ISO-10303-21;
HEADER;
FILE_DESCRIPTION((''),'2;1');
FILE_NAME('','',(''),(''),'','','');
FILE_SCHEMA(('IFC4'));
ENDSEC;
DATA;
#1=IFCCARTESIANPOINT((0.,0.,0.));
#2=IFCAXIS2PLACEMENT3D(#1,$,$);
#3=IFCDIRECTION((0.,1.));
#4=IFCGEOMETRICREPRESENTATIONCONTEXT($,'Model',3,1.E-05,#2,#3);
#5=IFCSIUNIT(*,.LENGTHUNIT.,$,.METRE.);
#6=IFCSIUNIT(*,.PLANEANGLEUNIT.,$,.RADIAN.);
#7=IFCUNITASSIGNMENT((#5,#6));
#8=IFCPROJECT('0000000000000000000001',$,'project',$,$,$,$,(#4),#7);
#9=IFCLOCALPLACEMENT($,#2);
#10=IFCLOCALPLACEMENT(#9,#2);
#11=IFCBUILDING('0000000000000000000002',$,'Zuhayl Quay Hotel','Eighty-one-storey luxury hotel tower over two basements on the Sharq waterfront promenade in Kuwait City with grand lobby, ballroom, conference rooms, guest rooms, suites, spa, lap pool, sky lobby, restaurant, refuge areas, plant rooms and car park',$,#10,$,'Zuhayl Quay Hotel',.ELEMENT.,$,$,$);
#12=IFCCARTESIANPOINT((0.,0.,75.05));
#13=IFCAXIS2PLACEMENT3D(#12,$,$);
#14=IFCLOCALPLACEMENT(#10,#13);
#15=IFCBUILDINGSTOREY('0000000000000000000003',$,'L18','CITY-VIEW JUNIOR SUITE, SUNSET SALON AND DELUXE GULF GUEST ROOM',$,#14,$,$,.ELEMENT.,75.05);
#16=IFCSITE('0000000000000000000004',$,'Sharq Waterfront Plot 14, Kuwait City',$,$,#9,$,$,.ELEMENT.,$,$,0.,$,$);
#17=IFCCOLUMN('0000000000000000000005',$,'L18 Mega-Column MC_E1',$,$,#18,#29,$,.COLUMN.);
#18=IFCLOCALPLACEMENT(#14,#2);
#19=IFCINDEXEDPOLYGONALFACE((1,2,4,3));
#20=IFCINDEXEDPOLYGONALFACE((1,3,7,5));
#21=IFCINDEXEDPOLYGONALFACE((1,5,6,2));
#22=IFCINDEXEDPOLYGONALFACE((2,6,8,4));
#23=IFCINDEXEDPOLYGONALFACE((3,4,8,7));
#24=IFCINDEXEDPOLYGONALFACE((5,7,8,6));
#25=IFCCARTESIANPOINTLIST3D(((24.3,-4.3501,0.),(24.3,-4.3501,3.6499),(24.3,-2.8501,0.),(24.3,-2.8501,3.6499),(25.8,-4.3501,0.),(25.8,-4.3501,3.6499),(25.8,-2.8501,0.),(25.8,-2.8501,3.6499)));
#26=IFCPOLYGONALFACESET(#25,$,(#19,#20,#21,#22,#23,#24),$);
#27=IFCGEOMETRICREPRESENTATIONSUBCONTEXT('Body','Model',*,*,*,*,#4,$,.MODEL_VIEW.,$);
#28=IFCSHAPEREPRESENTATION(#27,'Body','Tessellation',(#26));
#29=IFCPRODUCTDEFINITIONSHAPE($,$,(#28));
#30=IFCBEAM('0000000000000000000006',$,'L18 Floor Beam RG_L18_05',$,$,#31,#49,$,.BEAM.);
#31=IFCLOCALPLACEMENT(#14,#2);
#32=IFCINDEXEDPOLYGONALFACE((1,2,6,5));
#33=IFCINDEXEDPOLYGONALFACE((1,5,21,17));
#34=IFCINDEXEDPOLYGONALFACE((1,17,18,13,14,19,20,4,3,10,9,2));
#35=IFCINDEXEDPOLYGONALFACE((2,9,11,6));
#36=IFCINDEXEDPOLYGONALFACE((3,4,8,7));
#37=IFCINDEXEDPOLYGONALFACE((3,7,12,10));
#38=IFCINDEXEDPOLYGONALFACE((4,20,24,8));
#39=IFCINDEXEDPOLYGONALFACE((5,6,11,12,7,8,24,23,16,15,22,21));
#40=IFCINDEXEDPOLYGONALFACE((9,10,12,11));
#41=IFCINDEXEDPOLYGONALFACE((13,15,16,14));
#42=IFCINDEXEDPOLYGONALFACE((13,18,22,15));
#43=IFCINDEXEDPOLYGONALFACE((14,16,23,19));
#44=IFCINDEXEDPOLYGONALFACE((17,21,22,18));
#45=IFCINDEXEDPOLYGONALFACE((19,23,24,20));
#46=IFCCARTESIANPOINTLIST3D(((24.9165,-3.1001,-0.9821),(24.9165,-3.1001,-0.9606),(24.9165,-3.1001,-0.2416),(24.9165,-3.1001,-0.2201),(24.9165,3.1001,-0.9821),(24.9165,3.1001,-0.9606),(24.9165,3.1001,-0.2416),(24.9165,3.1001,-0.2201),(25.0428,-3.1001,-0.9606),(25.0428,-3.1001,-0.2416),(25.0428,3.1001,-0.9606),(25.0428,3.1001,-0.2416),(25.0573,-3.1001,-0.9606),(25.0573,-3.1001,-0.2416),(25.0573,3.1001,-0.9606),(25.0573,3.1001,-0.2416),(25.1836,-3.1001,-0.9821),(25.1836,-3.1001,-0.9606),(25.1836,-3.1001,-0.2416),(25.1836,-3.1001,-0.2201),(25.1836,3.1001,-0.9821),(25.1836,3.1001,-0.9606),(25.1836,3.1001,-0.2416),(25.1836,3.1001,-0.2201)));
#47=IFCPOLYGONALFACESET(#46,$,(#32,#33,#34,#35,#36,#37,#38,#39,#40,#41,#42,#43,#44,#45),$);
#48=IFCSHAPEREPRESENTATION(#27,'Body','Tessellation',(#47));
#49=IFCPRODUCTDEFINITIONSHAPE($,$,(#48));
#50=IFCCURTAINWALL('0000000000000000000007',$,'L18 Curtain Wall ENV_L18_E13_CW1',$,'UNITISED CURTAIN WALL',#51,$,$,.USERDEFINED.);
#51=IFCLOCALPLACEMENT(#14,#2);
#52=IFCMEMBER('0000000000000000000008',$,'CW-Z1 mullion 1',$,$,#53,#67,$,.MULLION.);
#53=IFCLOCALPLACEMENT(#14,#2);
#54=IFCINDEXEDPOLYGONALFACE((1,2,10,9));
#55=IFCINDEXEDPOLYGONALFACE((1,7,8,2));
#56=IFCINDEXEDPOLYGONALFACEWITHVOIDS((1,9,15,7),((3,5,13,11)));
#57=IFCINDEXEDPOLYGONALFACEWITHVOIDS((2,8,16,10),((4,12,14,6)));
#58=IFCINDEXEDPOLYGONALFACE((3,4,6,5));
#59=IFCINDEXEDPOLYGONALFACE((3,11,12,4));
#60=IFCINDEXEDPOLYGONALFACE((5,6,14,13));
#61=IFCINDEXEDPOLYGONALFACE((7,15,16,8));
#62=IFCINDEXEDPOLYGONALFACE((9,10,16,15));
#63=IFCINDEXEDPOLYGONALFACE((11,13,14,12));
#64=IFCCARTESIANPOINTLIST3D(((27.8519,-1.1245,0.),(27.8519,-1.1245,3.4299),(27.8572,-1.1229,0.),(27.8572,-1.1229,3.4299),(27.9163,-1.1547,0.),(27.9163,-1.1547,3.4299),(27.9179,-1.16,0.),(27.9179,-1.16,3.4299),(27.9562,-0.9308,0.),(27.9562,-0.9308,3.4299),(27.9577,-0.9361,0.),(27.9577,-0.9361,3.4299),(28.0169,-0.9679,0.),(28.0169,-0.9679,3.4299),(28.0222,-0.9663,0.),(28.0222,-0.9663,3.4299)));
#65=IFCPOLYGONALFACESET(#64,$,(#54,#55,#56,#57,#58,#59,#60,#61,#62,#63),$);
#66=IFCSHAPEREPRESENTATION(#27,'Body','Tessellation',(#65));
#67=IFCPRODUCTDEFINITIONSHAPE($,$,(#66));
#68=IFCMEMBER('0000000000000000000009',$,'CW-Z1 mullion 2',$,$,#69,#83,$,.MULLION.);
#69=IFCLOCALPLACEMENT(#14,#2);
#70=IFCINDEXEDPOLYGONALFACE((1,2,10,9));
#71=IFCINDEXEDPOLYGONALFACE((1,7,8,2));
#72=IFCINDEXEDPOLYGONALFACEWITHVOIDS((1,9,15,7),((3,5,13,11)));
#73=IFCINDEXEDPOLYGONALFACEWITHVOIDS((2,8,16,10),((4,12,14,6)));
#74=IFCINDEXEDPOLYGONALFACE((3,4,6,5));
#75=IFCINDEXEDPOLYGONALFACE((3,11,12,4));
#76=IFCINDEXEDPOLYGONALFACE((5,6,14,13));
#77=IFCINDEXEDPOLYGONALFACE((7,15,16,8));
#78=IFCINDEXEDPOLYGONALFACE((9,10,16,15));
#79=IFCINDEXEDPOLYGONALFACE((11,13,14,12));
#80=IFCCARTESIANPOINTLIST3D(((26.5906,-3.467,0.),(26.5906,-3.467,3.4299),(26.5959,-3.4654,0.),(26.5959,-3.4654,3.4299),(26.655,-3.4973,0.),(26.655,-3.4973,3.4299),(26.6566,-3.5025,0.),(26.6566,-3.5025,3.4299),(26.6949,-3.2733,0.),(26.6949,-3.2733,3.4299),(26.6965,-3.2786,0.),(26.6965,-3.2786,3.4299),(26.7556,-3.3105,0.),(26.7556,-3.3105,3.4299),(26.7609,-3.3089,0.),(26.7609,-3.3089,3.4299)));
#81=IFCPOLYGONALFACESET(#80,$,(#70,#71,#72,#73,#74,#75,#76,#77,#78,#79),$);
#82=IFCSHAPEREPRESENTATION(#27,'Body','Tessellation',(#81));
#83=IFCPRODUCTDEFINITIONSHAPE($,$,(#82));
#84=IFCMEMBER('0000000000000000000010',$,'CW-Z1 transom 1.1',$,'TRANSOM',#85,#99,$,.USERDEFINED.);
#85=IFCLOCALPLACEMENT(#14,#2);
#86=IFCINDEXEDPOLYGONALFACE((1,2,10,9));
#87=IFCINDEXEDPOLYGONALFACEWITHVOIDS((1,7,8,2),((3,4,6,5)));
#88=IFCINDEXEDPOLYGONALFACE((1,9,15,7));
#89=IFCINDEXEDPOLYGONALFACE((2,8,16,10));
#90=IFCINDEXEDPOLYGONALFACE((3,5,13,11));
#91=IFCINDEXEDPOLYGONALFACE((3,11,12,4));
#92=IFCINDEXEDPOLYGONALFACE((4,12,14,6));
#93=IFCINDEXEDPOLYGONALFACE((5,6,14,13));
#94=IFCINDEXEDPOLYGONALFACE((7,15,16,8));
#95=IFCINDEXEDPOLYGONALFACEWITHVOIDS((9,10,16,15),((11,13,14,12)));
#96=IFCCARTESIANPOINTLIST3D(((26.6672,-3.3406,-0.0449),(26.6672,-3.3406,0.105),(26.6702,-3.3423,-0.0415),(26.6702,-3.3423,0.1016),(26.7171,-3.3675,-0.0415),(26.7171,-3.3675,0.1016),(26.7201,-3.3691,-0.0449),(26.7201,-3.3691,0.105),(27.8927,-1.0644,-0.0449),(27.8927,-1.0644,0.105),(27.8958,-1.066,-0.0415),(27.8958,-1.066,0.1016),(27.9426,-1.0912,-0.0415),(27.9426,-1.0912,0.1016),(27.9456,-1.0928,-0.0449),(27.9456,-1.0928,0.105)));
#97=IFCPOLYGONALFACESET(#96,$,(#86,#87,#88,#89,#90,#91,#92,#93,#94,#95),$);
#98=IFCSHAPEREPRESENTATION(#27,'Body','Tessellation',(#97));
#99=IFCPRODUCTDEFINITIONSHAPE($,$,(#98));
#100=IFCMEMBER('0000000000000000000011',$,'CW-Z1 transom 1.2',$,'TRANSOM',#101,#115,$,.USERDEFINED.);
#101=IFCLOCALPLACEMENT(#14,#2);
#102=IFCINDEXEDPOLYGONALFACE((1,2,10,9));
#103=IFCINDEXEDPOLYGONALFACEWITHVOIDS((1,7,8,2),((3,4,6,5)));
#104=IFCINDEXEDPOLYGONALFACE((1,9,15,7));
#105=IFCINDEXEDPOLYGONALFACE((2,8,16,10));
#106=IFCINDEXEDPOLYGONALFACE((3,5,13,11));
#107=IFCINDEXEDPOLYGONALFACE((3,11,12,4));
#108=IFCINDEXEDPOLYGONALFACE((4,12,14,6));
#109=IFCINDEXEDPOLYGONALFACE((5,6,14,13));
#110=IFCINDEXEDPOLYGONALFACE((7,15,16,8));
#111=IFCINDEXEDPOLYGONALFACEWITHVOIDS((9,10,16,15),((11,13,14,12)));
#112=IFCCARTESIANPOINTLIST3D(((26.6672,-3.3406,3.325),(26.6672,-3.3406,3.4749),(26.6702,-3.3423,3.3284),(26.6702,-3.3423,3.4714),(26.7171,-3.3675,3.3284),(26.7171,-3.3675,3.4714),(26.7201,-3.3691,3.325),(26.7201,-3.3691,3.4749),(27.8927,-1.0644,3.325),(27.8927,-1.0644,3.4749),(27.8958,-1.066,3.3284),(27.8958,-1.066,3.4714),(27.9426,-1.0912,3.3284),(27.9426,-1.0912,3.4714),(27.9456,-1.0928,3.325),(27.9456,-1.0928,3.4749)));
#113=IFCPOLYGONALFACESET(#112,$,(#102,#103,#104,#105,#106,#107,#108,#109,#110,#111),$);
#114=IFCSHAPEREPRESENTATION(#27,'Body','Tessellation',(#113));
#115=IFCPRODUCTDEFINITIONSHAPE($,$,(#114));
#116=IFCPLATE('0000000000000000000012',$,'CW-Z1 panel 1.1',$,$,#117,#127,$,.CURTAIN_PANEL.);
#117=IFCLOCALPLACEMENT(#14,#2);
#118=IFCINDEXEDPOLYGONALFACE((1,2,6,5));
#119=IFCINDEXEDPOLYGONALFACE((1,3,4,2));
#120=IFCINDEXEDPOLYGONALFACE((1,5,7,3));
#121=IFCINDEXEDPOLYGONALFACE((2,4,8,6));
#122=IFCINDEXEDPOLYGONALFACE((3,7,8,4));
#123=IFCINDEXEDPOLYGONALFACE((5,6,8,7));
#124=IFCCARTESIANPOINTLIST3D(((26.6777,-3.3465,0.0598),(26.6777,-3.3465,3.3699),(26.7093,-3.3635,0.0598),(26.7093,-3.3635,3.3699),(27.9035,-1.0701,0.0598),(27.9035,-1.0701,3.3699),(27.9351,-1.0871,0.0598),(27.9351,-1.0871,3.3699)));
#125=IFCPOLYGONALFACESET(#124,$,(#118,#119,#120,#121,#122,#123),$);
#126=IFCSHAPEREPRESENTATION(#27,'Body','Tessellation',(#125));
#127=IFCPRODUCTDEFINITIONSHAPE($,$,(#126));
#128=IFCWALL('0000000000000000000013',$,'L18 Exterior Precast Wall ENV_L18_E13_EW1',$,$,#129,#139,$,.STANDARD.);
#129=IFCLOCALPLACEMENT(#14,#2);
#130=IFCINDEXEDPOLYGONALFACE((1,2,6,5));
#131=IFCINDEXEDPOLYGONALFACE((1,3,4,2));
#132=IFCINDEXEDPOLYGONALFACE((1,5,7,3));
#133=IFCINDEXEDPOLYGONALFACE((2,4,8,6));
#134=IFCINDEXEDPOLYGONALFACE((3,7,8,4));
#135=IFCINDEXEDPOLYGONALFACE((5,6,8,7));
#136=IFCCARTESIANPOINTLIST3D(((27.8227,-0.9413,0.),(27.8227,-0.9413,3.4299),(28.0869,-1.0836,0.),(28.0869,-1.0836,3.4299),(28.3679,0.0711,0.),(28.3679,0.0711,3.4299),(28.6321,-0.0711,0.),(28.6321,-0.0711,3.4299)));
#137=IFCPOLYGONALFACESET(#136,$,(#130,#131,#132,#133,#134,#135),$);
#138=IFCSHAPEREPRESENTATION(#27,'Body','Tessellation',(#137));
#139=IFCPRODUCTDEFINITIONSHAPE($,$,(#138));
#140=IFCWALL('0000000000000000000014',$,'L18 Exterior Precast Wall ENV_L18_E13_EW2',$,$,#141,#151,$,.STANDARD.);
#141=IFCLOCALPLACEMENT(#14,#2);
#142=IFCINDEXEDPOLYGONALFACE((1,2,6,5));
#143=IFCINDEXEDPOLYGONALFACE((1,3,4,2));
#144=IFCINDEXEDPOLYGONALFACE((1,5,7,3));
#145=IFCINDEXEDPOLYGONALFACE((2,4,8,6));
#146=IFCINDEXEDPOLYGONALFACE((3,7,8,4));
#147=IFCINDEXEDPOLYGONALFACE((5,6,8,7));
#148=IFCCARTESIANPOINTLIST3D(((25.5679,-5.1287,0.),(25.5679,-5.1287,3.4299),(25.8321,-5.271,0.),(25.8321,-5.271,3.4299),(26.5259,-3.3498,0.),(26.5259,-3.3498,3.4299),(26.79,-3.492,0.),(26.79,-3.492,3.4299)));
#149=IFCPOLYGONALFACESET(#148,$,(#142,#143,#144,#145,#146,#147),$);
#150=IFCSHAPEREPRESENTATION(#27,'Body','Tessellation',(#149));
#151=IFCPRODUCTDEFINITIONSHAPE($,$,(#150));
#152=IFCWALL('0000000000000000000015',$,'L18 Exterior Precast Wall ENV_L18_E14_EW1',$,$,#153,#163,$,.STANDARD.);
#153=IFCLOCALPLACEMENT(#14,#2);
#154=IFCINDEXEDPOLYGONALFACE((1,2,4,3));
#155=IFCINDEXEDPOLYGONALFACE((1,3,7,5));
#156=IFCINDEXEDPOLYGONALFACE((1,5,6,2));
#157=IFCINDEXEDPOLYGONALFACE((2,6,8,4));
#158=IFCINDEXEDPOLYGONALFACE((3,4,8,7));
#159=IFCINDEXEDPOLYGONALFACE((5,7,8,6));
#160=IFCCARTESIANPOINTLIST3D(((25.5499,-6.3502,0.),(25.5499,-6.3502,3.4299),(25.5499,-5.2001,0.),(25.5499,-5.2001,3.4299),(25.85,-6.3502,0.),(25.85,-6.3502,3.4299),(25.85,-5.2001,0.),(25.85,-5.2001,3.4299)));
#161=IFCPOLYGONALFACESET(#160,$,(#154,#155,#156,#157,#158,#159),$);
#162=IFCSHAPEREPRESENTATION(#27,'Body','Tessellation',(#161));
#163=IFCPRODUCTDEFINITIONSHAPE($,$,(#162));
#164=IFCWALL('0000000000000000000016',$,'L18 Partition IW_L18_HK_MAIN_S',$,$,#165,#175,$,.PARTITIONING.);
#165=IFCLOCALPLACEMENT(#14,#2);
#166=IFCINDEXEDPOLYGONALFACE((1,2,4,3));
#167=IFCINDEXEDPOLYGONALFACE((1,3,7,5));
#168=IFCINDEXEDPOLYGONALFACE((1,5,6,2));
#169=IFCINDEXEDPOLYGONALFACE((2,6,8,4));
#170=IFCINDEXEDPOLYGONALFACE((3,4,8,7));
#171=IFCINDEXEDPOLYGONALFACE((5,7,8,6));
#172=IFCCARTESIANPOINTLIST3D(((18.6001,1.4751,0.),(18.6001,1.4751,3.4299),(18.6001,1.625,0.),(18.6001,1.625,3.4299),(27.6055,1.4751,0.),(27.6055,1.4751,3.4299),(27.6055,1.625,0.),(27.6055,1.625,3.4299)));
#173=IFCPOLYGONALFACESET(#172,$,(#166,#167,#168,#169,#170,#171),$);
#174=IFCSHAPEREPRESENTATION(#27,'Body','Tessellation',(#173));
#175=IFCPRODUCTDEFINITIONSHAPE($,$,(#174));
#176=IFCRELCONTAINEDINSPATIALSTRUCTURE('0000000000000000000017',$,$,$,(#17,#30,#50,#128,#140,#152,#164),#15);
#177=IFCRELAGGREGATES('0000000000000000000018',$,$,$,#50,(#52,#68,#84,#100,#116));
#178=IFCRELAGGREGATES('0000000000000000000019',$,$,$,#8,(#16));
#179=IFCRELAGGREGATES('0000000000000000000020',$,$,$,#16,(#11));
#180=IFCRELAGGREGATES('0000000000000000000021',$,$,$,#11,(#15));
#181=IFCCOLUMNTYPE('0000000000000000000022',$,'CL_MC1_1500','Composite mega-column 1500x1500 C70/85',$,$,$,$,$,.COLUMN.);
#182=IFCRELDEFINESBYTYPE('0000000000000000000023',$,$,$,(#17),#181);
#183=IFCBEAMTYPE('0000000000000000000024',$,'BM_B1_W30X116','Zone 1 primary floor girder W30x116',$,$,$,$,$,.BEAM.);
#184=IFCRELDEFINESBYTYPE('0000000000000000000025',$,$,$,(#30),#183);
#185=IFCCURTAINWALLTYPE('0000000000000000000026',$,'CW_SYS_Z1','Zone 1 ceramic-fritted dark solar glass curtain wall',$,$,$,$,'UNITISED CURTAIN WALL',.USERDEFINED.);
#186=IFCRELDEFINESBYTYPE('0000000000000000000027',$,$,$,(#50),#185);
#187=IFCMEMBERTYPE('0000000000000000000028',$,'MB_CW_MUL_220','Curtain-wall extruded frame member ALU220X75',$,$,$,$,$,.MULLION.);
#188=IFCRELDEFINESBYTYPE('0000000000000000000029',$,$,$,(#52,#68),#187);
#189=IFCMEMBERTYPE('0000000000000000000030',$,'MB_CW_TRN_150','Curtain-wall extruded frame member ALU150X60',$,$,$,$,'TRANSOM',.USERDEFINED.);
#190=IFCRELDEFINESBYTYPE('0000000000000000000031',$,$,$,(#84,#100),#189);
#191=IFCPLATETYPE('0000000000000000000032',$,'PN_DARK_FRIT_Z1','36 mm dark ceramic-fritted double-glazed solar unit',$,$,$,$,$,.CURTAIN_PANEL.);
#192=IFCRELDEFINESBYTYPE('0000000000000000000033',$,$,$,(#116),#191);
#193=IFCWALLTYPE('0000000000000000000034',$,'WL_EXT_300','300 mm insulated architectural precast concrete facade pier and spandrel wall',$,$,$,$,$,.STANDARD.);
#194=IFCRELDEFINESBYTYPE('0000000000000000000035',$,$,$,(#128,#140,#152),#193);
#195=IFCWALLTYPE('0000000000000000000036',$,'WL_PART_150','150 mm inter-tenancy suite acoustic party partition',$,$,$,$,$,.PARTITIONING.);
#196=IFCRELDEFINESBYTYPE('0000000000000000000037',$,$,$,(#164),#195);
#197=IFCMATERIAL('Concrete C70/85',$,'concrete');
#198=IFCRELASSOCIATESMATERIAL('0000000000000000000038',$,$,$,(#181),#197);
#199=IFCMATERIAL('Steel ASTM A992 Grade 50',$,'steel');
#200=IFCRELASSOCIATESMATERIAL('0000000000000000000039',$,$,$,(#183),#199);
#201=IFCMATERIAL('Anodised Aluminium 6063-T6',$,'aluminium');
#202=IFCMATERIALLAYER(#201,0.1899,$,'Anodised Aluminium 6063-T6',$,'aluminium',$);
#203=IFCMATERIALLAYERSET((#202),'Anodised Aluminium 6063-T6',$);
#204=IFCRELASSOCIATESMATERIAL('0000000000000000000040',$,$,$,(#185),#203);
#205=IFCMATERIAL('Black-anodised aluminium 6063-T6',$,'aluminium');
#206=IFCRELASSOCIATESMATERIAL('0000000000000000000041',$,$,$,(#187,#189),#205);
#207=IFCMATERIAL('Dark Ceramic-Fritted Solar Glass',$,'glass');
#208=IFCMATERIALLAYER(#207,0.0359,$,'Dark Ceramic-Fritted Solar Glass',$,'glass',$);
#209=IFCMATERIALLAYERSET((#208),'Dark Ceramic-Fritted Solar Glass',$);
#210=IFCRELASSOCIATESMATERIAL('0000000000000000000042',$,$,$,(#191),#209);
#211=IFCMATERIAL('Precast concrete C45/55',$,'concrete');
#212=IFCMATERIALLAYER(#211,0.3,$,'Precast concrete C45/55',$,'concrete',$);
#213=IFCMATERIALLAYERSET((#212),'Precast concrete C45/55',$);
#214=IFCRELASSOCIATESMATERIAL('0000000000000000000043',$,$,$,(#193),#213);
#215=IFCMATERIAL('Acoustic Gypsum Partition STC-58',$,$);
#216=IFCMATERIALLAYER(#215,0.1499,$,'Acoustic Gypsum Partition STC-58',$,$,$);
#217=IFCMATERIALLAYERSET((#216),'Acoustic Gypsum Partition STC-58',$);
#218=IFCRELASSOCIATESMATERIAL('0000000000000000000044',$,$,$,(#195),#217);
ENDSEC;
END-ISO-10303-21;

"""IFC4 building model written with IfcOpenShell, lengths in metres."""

from ifc_helpers import new_model, si_unit, direction, frame, frame_2d, origin, origin_2d, place, context, subcontext, project, spatial, rectangle, hollow_rectangle, i_section, extrude, material, layer, layer_set, material_profile, profile_set, type_object, element, aggregate, save


model = new_model("IFC4")

# Units and contexts
model_context = context("Model", 3, precision=1e-05, world=origin(), true_north=direction((0.0, 1.0)))
body_context = subcontext(model_context, "Body", "Model", "MODEL_VIEW")
ifc_project = project(units=[si_unit("LENGTHUNIT", "METRE"), si_unit("PLANEANGLEUNIT", "RADIAN")], contexts=[model_context])

# Site, building, storey
site_placement = place(None, origin())
site = spatial("IfcSite", under=ifc_project, at=site_placement, Name="Sharq Waterfront Plot 14, Kuwait City", CompositionType="ELEMENT", RefElevation=0.0)
building_placement = place(site_placement, origin())
building = spatial("IfcBuilding", under=site, at=building_placement, Name="Zuhayl Quay Hotel", Description="Eighty-one-storey luxury hotel tower over two basements on the Sharq waterfront promenade in Kuwait City with grand lobby, ballroom, conference rooms, guest rooms, suites, spa, lap pool, sky lobby, restaurant, refuge areas, plant rooms and car park", LongName="Zuhayl Quay Hotel", CompositionType="ELEMENT")
storey_placement = place(building_placement, frame((0.0, 0.0, 75.05)))
storey = spatial("IfcBuildingStorey", under=building, at=storey_placement, Name="L18", Description="CITY-VIEW JUNIOR SUITE, SUNSET SALON AND DELUXE GULF GUEST ROOM", CompositionType="ELEMENT", Elevation=75.05)

# Column
ifc_material_1 = material(Name="Concrete C70/85", Category="concrete")
ifc_material_profile_1 = material_profile(ifc_material_1, rectangle(XDim=1.5, YDim=1.5, at=origin_2d()), Name="RC1500X1500")
ifc_profile_set_1 = profile_set([ifc_material_profile_1], Name="Concrete C70/85")
column_type = type_object("IfcColumnType", Name="CL_MC1_1500", Description="Composite mega-column 1500x1500 C70/85", PredefinedType="COLUMN", material=ifc_profile_set_1)
column_placement = place(storey_placement, frame((25.05, -3.6001, 0.0), z_axis=(0.0, 0.0, 1.0), x_axis=(1.0, 0.0, 0.0)))
element("IfcColumn", 1, at=column_placement, inside=storey, type_object=column_type, Name="L18 Mega-Column MC_E1", PredefinedType="COLUMN", context=body_context, shape_type="SweptSolid", body=[
    extrude(rectangle(XDim=1.5, YDim=1.5, at=origin_2d()), origin(), (0.0, 0.0, 1.0), 3.6499),
])

# Beam
ifc_material_2 = material(Name="Steel ASTM A992 Grade 50", Category="steel")
ifc_material_profile_2 = material_profile(ifc_material_2, i_section(OverallWidth=0.2671, OverallDepth=0.762, WebThickness=0.0144, FlangeThickness=0.0215, at=origin_2d()), Name="W30X116")
ifc_profile_set_2 = profile_set([ifc_material_profile_2], Name="Steel ASTM A992 Grade 50")
beam_type = type_object("IfcBeamType", Name="BM_B1_W30X116", Description="Zone 1 primary floor girder W30x116", PredefinedType="BEAM", material=ifc_profile_set_2)
beam_placement = place(storey_placement, frame((25.05, -3.1001, -0.6011), z_axis=(0.0, 1.0, 0.0), x_axis=(-1.0, 0.0, 0.0)))
element("IfcBeam", 2, at=beam_placement, inside=storey, type_object=beam_type, Name="L18 Floor Beam RG_L18_05", PredefinedType="BEAM", context=body_context, shape_type="SweptSolid", body=[
    extrude(i_section(OverallWidth=0.2671, OverallDepth=0.762, WebThickness=0.0144, FlangeThickness=0.0215, at=origin_2d()), origin(), (0.0, 0.0, 1.0), 6.2002),
])

# Curtain wall, members, plate
ifc_material_3 = material(Name="Anodised Aluminium 6063-T6", Category="aluminium")
ifc_layer_1 = layer(ifc_material_3, 0.1899, Name="Anodised Aluminium 6063-T6", Category="aluminium")
ifc_layer_set_1 = layer_set([ifc_layer_1], Name="Anodised Aluminium 6063-T6")
curtain_wall_type = type_object("IfcCurtainWallType", Name="CW_SYS_Z1", Description="Zone 1 ceramic-fritted dark solar glass curtain wall", ElementType="UNITISED CURTAIN WALL", PredefinedType="USERDEFINED", material=ifc_layer_set_1)
curtain_wall_placement = place(storey_placement, origin())
curtain_wall = element("IfcCurtainWall", 3, at=curtain_wall_placement, inside=storey, type_object=curtain_wall_type, Name="L18 Curtain Wall ENV_L18_E13_CW1", ObjectType="UNITISED CURTAIN WALL", PredefinedType="USERDEFINED")
ifc_material_4 = material(Name="Black-anodised aluminium 6063-T6", Category="aluminium")
ifc_material_profile_3 = material_profile(ifc_material_4, hollow_rectangle(XDim=0.075, YDim=0.22, WallThickness=0.0039, at=origin_2d()), Name="ALU220X75")
ifc_profile_set_3 = profile_set([ifc_material_profile_3], Name="Black-anodised aluminium 6063-T6")
member_type_1 = type_object("IfcMemberType", Name="MB_CW_MUL_220", Description="Curtain-wall extruded frame member ALU220X75", PredefinedType="MULLION", material=ifc_profile_set_3)
member_1_placement = place(storey_placement, frame((27.937, -1.0454, 0.0), z_axis=(0.0, 0.0, 1.0), x_axis=(0.880476, -0.474091, 0.0)))
member_1 = element("IfcMember", 4, at=member_1_placement, type_object=member_type_1, Name="CW-Z1 mullion 1", PredefinedType="MULLION", context=body_context, shape_type="SweptSolid", body=[
    extrude(hollow_rectangle(XDim=0.075, YDim=0.22, WallThickness=0.0039, at=origin_2d()), origin(), (0.0, 0.0, 1.0), 3.4299),
])
member_2_placement = place(storey_placement, frame((26.6758, -3.3879, 0.0), z_axis=(0.0, 0.0, 1.0), x_axis=(0.880476, -0.474091, 0.0)))
member_2 = element("IfcMember", 5, at=member_2_placement, type_object=member_type_1, Name="CW-Z1 mullion 2", PredefinedType="MULLION", context=body_context, shape_type="SweptSolid", body=[
    extrude(hollow_rectangle(XDim=0.075, YDim=0.22, WallThickness=0.0039, at=origin_2d()), origin(), (0.0, 0.0, 1.0), 3.4299),
])
ifc_material_profile_4 = material_profile(ifc_material_4, hollow_rectangle(XDim=0.0601, YDim=0.1499, WallThickness=0.0034, at=origin_2d()), Name="ALU150X60")
ifc_profile_set_4 = profile_set([ifc_material_profile_4], Name="Black-anodised aluminium 6063-T6")
member_type_2 = type_object("IfcMemberType", Name="MB_CW_TRN_150", Description="Curtain-wall extruded frame member ALU150X60", ElementType="TRANSOM", PredefinedType="USERDEFINED", material=ifc_profile_set_4)
member_3_placement = place(storey_placement, frame((27.9192, -1.0786, 0.03), z_axis=(-0.474055, -0.880495, 0.0), x_axis=(0.880495, -0.474055, 0.0)))
member_3 = element("IfcMember", 6, at=member_3_placement, type_object=member_type_2, Name="CW-Z1 transom 1.1", ObjectType="TRANSOM", PredefinedType="USERDEFINED", context=body_context, shape_type="SweptSolid", body=[
    extrude(hollow_rectangle(XDim=0.0601, YDim=0.1499, WallThickness=0.0034, at=origin_2d()), origin(), (0.0, 0.0, 1.0), 2.5852),
])
member_4_placement = place(storey_placement, frame((27.9192, -1.0786, 3.3999), z_axis=(-0.474055, -0.880495, 0.0), x_axis=(0.880495, -0.474055, 0.0)))
member_4 = element("IfcMember", 7, at=member_4_placement, type_object=member_type_2, Name="CW-Z1 transom 1.2", ObjectType="TRANSOM", PredefinedType="USERDEFINED", context=body_context, shape_type="SweptSolid", body=[
    extrude(hollow_rectangle(XDim=0.0601, YDim=0.1499, WallThickness=0.0034, at=origin_2d()), origin(), (0.0, 0.0, 1.0), 2.5852),
])
ifc_material_5 = material(Name="Dark Ceramic-Fritted Solar Glass", Category="glass")
ifc_layer_2 = layer(ifc_material_5, 0.0359, Name="Dark Ceramic-Fritted Solar Glass", Category="glass")
ifc_layer_set_2 = layer_set([ifc_layer_2], Name="Dark Ceramic-Fritted Solar Glass")
plate_type = type_object("IfcPlateType", Name="PN_DARK_FRIT_Z1", Description="36 mm dark ceramic-fritted double-glazed solar unit", PredefinedType="CURTAIN_PANEL", material=ifc_layer_set_2)
plate_placement = place(storey_placement, frame((27.3064, -2.2168, 0.0598), z_axis=(0.0, 0.0, 1.0), x_axis=(-0.474091, -0.880476, 0.0)))
plate = element("IfcPlate", 8, at=plate_placement, type_object=plate_type, Name="CW-Z1 panel 1.1", PredefinedType="CURTAIN_PANEL", context=body_context, shape_type="SweptSolid", body=[
    extrude(rectangle(XDim=2.5854, YDim=0.0359, at=origin_2d()), origin(), (0.0, 0.0, 1.0), 3.3101),
])
aggregate(curtain_wall, [member_1, member_2, member_3, member_4, plate])

# Walls
ifc_material_6 = material(Name="Precast concrete C45/55", Category="concrete")
ifc_layer_3 = layer(ifc_material_6, 0.3, Name="Precast concrete C45/55", Category="concrete")
ifc_layer_set_3 = layer_set([ifc_layer_3], Name="Precast concrete C45/55")
wall_type_1 = type_object("IfcWallType", Name="WL_EXT_300", Description="300 mm insulated architectural precast concrete facade pier and spandrel wall", PredefinedType="STANDARD", material=ifc_layer_set_3)
wall_1_placement = place(storey_placement, frame((28.5, 0.0, 0.0), z_axis=(0.0, 0.0, 1.0), x_axis=(-0.4741, -0.880471, 0.0)))
element("IfcWall", 9, at=wall_1_placement, inside=storey, type_object=wall_type_1, Name="L18 Exterior Precast Wall ENV_L18_E13_EW1", PredefinedType="STANDARD", context=body_context, shape_type="SweptSolid", body=[
    extrude(rectangle(XDim=1.1499, YDim=0.3, at=frame_2d((0.575, 0.0))), origin(), (0.0, 0.0, 1.0), 3.4299),
])
wall_2_placement = place(storey_placement, frame((26.658, -3.4209, 0.0), z_axis=(0.0, 0.0, 1.0), x_axis=(-0.474121, -0.880459, 0.0)))
element("IfcWall", 10, at=wall_2_placement, inside=storey, type_object=wall_type_1, Name="L18 Exterior Precast Wall ENV_L18_E13_EW2", PredefinedType="STANDARD", context=body_context, shape_type="SweptSolid", body=[
    extrude(rectangle(XDim=2.0205, YDim=0.3, at=frame_2d((1.0103, 0.0))), origin(), (0.0, 0.0, 1.0), 3.4299),
])
wall_3_placement = place(storey_placement, frame((25.7, -5.2, 0.0), z_axis=(0.0, 0.0, 1.0), x_axis=(0.0, -1.0, 0.0)))
element("IfcWall", 11, at=wall_3_placement, inside=storey, type_object=wall_type_1, Name="L18 Exterior Precast Wall ENV_L18_E14_EW1", PredefinedType="STANDARD", context=body_context, shape_type="SweptSolid", body=[
    extrude(rectangle(XDim=1.1501, YDim=0.3, at=frame_2d((0.5752, 0.0))), origin(), (0.0, 0.0, 1.0), 3.4299),
])
ifc_material_7 = material(Name="Acoustic Gypsum Partition STC-58")
ifc_layer_4 = layer(ifc_material_7, 0.1499, Name="Acoustic Gypsum Partition STC-58")
ifc_layer_set_4 = layer_set([ifc_layer_4], Name="Acoustic Gypsum Partition STC-58")
wall_type_2 = type_object("IfcWallType", Name="WL_PART_150", Description="150 mm inter-tenancy suite acoustic party partition", PredefinedType="PARTITIONING", material=ifc_layer_set_4)
wall_4_placement = place(storey_placement, frame((18.6001, 1.55, 0.0), z_axis=(0.0, 0.0, 1.0), x_axis=(1.0, 0.0, 0.0)))
element("IfcWall", 12, at=wall_4_placement, inside=storey, type_object=wall_type_2, Name="L18 Partition IW_L18_HK_MAIN_S", PredefinedType="PARTITIONING", context=body_context, shape_type="SweptSolid", body=[
    extrude(rectangle(XDim=9.0054, YDim=0.1499, at=frame_2d((4.5027, 0.0))), origin(), (0.0, 0.0, 1.0), 3.4299),
])

save(model, "model.ifc")
